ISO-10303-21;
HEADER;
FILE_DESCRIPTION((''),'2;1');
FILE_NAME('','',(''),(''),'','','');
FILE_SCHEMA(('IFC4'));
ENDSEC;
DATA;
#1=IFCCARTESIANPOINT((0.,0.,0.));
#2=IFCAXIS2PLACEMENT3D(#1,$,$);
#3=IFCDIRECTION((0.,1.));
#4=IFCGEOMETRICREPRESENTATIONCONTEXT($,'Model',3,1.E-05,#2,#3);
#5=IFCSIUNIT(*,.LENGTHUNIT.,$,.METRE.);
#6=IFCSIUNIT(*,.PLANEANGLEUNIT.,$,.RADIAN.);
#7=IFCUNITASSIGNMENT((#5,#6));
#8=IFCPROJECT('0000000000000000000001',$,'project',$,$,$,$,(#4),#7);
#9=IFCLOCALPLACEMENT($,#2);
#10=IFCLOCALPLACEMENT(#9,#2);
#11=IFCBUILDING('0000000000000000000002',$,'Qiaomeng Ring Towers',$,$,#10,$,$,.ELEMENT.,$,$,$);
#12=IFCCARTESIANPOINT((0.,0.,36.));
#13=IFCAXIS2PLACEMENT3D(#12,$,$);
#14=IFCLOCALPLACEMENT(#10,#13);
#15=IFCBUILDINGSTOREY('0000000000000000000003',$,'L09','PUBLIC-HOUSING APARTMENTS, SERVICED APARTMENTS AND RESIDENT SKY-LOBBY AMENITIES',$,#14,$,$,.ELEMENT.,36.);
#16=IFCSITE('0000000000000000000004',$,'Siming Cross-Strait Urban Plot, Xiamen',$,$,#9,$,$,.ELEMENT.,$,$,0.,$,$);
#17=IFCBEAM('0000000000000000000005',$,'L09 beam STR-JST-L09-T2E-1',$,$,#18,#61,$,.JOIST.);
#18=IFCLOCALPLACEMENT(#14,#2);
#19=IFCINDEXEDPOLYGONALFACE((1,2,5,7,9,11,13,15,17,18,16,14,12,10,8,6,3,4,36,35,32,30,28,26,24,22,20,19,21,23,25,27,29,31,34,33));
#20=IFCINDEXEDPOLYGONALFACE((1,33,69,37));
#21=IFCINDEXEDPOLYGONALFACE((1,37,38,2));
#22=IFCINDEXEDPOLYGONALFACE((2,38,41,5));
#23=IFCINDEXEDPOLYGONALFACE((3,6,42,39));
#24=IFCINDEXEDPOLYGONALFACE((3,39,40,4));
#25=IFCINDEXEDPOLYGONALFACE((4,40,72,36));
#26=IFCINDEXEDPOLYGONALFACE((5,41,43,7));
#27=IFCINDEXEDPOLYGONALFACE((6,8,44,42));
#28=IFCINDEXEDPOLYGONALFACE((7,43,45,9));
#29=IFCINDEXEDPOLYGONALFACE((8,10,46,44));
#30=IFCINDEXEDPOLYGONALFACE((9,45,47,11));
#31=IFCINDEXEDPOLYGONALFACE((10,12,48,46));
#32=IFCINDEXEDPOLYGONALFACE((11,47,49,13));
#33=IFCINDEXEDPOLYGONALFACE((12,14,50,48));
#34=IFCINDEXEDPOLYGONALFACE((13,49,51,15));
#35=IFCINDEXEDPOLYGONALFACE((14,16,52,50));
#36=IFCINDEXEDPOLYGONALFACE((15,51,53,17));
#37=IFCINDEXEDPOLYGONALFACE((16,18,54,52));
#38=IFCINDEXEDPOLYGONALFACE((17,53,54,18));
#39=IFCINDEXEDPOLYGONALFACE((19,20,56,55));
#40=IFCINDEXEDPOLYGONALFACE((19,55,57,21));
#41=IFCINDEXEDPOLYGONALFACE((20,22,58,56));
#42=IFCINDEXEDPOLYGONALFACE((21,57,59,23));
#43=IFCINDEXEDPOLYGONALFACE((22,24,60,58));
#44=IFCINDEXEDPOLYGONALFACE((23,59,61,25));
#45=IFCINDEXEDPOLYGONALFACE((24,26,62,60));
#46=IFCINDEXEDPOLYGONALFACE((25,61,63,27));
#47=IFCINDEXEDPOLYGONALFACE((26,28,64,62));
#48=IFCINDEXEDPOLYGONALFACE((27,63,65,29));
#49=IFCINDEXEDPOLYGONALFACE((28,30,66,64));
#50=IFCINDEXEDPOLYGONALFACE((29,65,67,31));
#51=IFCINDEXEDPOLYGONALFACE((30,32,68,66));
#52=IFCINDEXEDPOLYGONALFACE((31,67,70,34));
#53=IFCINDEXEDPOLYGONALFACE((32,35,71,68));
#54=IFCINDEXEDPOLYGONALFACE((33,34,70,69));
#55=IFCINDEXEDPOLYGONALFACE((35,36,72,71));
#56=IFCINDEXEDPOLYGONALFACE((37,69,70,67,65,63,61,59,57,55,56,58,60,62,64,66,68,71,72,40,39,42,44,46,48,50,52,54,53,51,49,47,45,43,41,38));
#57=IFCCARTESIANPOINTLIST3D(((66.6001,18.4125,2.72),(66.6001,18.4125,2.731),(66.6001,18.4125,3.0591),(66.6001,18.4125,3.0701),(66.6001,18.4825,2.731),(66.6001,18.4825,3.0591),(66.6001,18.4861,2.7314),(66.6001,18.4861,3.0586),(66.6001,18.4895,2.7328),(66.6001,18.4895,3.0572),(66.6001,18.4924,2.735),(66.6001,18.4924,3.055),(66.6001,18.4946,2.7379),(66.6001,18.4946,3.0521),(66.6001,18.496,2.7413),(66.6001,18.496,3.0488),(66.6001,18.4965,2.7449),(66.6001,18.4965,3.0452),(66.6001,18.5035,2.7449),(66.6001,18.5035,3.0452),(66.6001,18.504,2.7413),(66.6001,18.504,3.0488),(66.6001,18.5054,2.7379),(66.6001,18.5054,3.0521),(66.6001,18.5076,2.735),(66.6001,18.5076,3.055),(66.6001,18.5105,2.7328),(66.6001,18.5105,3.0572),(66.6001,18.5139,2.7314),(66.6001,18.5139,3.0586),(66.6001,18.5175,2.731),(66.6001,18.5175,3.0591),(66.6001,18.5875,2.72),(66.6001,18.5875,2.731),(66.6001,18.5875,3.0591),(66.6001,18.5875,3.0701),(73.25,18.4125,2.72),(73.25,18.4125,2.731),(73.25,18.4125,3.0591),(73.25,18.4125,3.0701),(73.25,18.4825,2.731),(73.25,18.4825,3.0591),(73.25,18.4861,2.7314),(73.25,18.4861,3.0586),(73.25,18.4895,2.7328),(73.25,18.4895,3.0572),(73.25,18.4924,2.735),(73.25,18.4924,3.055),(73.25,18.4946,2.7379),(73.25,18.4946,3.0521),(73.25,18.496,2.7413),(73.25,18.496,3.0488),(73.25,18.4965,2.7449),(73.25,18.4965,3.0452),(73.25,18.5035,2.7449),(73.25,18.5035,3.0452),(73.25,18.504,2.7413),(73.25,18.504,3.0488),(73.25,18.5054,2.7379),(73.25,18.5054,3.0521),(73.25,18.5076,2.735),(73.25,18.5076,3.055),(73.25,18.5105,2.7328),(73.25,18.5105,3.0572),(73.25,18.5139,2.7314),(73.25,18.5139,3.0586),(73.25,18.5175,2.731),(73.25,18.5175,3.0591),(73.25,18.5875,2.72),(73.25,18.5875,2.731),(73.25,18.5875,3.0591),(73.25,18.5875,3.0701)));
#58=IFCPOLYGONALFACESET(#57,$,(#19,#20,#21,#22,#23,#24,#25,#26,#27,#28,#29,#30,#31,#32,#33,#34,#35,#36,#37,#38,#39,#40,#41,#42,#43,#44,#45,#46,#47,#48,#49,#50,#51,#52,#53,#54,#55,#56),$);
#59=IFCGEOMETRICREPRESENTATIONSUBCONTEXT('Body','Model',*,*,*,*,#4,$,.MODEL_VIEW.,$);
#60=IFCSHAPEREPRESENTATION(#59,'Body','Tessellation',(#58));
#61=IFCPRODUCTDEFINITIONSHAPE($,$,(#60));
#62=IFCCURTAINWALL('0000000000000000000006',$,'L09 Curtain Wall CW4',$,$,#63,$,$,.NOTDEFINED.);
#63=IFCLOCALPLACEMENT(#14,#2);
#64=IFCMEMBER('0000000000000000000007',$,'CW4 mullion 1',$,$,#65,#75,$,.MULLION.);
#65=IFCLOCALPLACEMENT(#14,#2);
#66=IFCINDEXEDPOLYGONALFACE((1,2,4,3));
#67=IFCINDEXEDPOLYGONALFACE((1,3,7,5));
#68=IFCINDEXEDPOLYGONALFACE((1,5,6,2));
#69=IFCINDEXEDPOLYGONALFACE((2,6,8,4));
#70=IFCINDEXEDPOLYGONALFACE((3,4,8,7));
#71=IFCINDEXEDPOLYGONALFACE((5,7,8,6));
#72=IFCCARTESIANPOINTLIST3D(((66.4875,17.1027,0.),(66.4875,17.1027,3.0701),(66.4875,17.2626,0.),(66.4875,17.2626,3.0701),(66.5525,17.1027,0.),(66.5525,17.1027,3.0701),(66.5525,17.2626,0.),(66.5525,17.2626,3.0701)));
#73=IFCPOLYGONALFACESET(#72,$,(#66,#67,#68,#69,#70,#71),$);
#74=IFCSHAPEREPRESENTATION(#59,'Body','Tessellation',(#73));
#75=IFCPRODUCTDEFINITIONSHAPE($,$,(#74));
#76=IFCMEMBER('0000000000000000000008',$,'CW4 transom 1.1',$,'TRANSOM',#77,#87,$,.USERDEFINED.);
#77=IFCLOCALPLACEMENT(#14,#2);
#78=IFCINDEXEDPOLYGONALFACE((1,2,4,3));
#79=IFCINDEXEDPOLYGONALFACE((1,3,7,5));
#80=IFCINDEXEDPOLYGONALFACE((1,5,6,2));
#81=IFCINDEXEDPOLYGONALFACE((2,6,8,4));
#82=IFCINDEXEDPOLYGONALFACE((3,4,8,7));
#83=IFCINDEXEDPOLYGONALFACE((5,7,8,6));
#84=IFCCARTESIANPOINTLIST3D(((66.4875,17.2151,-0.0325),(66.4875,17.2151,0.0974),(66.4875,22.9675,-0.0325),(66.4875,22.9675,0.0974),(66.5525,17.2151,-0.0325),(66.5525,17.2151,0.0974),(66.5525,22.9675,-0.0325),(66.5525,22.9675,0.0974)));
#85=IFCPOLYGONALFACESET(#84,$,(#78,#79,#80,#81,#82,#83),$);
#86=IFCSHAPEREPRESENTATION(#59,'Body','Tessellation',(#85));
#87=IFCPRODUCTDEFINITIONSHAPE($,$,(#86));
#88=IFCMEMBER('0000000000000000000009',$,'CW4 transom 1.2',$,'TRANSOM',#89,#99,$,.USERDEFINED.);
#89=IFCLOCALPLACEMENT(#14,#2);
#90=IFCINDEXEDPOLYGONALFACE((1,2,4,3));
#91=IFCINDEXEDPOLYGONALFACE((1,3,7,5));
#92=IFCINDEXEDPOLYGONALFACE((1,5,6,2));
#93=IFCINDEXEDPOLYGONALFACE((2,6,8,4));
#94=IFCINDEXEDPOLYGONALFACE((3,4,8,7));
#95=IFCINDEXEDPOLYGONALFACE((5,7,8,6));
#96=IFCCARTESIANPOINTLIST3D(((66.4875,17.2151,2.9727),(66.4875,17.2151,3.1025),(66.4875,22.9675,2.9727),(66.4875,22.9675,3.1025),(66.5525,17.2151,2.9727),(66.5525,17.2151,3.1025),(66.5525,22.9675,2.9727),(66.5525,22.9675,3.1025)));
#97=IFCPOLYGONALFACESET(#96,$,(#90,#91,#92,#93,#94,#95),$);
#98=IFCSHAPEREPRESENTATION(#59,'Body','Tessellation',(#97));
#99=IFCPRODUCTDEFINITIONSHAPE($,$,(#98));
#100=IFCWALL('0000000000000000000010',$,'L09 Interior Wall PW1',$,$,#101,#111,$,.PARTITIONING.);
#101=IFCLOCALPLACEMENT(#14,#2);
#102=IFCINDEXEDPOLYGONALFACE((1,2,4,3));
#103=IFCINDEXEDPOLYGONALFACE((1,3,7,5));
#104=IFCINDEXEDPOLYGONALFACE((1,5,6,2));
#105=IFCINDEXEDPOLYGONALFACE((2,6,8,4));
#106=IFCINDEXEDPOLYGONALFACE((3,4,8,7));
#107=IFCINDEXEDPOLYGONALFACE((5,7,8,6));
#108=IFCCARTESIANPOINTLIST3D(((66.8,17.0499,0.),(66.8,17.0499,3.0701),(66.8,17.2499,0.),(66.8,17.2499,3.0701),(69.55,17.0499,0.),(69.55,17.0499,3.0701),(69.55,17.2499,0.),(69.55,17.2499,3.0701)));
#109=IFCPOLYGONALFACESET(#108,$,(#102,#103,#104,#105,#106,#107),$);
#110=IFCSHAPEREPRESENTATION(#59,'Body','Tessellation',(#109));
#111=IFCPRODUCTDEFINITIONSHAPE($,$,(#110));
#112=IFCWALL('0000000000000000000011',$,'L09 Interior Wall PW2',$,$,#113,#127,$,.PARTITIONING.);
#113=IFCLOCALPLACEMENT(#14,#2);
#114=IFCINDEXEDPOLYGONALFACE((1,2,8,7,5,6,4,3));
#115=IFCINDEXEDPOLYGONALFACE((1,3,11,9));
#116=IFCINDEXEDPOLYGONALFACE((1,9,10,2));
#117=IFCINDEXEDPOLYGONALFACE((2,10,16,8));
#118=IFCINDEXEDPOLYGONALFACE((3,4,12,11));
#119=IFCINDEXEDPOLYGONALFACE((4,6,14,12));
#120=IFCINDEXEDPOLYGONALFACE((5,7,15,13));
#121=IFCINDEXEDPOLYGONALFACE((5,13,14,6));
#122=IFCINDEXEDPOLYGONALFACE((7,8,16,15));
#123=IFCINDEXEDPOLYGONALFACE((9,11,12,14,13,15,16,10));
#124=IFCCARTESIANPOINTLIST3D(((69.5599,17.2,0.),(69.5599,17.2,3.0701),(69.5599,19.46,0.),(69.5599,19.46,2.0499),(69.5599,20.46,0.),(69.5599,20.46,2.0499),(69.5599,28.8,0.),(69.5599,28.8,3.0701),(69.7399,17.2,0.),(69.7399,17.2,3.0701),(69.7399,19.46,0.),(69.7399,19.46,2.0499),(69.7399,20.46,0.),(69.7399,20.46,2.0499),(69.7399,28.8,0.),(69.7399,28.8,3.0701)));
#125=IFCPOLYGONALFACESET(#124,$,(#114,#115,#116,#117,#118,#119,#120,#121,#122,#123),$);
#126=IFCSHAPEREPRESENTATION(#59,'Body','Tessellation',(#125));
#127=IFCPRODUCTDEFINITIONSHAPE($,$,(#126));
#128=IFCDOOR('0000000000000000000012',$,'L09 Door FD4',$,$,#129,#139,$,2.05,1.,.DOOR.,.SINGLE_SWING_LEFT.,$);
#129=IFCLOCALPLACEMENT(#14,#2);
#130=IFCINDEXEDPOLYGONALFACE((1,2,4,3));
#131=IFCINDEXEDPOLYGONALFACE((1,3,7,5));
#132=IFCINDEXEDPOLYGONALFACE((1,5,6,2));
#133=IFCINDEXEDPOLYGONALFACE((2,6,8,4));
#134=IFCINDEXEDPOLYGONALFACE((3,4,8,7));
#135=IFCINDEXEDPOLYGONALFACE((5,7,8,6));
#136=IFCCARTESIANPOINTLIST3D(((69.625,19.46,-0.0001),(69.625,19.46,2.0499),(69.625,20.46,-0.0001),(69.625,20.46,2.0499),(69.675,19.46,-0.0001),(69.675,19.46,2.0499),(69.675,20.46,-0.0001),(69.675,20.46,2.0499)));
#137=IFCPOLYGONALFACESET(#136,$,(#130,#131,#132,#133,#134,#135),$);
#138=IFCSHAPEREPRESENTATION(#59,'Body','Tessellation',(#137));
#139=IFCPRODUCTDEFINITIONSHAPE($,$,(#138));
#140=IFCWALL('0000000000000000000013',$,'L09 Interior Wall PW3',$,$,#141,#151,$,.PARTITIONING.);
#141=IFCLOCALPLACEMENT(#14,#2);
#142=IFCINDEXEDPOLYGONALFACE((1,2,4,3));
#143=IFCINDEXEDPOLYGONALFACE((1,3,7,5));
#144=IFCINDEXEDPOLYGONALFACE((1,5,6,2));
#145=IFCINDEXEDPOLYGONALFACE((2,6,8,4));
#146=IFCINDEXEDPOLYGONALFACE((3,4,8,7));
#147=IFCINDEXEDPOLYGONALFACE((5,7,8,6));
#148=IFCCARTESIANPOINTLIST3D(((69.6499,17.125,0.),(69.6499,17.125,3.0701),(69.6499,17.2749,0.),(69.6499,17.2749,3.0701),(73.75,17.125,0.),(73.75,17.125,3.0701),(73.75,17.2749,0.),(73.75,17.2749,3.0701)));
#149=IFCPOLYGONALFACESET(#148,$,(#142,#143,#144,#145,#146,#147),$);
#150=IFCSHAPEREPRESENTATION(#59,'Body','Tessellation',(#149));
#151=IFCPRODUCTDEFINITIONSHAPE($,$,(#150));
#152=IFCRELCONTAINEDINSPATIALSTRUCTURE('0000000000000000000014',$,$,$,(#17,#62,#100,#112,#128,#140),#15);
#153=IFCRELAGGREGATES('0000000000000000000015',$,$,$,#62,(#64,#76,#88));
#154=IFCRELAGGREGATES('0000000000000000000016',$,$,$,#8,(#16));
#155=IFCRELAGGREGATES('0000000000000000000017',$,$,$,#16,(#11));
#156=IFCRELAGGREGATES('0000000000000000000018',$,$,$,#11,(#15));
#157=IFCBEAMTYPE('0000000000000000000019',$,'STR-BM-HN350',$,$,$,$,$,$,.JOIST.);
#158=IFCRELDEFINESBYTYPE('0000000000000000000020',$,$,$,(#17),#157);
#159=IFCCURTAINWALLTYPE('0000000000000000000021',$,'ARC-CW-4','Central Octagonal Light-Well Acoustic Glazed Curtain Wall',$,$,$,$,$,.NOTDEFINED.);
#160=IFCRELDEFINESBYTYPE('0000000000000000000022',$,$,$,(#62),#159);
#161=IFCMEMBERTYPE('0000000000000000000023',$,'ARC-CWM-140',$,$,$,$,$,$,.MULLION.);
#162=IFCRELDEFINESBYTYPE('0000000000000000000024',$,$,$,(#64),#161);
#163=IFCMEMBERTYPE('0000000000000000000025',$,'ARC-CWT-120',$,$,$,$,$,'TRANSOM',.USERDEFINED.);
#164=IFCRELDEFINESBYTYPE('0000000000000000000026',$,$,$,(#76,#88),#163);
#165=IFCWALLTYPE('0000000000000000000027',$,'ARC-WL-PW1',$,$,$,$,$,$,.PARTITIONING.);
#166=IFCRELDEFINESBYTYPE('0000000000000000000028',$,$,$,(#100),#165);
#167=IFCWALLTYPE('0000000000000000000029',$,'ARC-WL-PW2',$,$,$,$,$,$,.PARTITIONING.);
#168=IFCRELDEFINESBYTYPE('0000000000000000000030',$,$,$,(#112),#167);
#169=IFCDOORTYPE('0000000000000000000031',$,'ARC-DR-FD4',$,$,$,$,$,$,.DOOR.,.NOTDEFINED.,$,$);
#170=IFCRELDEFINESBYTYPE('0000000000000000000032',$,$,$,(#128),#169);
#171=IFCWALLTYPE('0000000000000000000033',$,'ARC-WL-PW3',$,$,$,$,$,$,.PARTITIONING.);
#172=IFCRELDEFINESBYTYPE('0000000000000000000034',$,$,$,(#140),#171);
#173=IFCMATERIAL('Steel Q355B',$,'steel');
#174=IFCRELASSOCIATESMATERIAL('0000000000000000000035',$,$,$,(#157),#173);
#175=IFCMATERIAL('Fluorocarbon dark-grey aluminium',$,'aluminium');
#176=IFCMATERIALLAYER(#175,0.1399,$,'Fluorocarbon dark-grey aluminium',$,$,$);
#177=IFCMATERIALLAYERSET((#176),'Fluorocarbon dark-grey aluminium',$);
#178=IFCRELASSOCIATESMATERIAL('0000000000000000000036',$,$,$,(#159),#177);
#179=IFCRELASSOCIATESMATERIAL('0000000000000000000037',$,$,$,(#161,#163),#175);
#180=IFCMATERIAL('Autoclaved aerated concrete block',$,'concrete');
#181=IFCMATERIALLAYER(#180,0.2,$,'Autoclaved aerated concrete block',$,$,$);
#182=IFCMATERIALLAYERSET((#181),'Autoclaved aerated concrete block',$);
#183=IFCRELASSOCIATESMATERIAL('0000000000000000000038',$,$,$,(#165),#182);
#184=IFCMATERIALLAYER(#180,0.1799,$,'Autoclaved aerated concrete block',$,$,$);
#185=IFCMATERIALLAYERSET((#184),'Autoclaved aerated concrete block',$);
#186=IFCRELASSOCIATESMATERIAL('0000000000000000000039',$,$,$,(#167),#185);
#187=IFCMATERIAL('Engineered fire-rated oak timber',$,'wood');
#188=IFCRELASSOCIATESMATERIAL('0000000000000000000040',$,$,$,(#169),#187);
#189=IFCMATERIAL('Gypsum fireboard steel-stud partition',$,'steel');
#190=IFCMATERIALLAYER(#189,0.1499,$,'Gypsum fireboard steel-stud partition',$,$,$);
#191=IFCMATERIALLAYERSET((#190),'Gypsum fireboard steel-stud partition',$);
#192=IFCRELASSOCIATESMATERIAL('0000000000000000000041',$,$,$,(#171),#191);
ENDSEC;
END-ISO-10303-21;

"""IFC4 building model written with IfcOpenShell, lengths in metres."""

from ifc_helpers import new_model, si_unit, direction, frame, frame_2d, origin, origin_2d, place, context, subcontext, project, spatial, rectangle, i_section, extrude, source, transform, mapped, material, layer, layer_set, material_profile, profile_set, type_object, element, fill, aggregate, save


model = new_model("IFC4")

# Units and contexts
model_context = context("Model", 3, precision=1e-05, world=origin(), true_north=direction((0.0, 1.0)))
body_context = subcontext(model_context, "Body", "Model", "MODEL_VIEW")
ifc_project = project(units=[si_unit("LENGTHUNIT", "METRE"), si_unit("PLANEANGLEUNIT", "RADIAN")], contexts=[model_context])

# Site, building, storey
site_placement = place(None, origin())
site = spatial("IfcSite", under=ifc_project, at=site_placement, Name="Siming Cross-Strait Urban Plot, Xiamen", CompositionType="ELEMENT", RefElevation=0.0)
building_placement = place(site_placement, origin())
building = spatial("IfcBuilding", under=site, at=building_placement, Name="Qiaomeng Ring Towers", CompositionType="ELEMENT")
storey_placement = place(building_placement, frame((0.0, 0.0, 36.0)))
storey = spatial("IfcBuildingStorey", under=building, at=storey_placement, Name="L09", Description="PUBLIC-HOUSING APARTMENTS, SERVICED APARTMENTS AND RESIDENT SKY-LOBBY AMENITIES", CompositionType="ELEMENT", Elevation=36.0)

# Beam
ifc_material_1 = material(Name="Steel Q355B", Category="steel")
ifc_material_profile_1 = material_profile(ifc_material_1, i_section(OverallWidth=0.175, OverallDepth=0.3501, WebThickness=0.0071, FlangeThickness=0.011, FilletRadius=0.0139, at=origin_2d()), Name="HN 350x175x7x11")
ifc_profile_set_1 = profile_set([ifc_material_profile_1], Name="Steel Q355B")
beam_type_1 = type_object("IfcBeamType", Name="STR-BM-HN350", PredefinedType="JOIST", material=ifc_profile_set_1)
shared_shape_1 = source(origin(), body_context, "Body", "SweptSolid", [
    extrude(i_section(OverallWidth=0.175, OverallDepth=0.3501, WebThickness=0.0071, FlangeThickness=0.011, FilletRadius=0.0139, at=origin_2d()), origin(), (0.0, 0.0, 1.0), 6.6499),
])
beam_1_placement = place(storey_placement, frame((66.6001, 18.5, 2.895), z_axis=(1.0, 0.0, 0.0), x_axis=(0.0, 1.0, 0.0)))
element("IfcBeam", 1, at=beam_1_placement, inside=storey, type_object=beam_type_1, Name="L09 beam STR-JST-L09-T2E-1", PredefinedType="JOIST", context=body_context, shape_type="MappedRepresentation", body=[
    mapped(shared_shape_1, transform((0.0, 0.0, 0.0), x_axis=(1.0, 0.0, 0.0), y_axis=(0.0, 1.0, 0.0), z_axis=(0.0, 0.0, 1.0), scale=1.0)),
])

# Curtain wall, members
ifc_material_2 = material(Name="Fluorocarbon dark-grey aluminium", Category="aluminium")
ifc_layer_1 = layer(ifc_material_2, 0.1399, Name="Fluorocarbon dark-grey aluminium")
ifc_layer_set_1 = layer_set([ifc_layer_1], Name="Fluorocarbon dark-grey aluminium")
curtain_wall_type = type_object("IfcCurtainWallType", Name="ARC-CW-4", Description="Central Octagonal Light-Well Acoustic Glazed Curtain Wall", PredefinedType="NOTDEFINED", material=ifc_layer_set_1)
curtain_wall_placement = place(storey_placement, origin())
curtain_wall = element("IfcCurtainWall", 2, at=curtain_wall_placement, inside=storey, type_object=curtain_wall_type, Name="L09 Curtain Wall CW4", PredefinedType="NOTDEFINED")
ifc_material_profile_2 = material_profile(ifc_material_2, rectangle(XDim=0.0649, YDim=0.1599, at=origin_2d()), Name="ALU MULL 65x160")
ifc_profile_set_2 = profile_set([ifc_material_profile_2], Name="Fluorocarbon dark-grey aluminium")
member_type_1 = type_object("IfcMemberType", Name="ARC-CWM-140", PredefinedType="MULLION", material=ifc_profile_set_2)
shared_shape_2 = source(origin(), body_context, "Body", "SweptSolid", [
    extrude(rectangle(XDim=0.0649, YDim=0.1599, at=origin_2d()), origin(), (0.0, 0.0, 1.0), 3.0701),
])
member_1_placement = place(storey_placement, frame((66.52, 17.1826, 0.0), z_axis=(0.0, 0.0, 1.0), x_axis=(-1.0, 0.0, 0.0)))
member_1 = element("IfcMember", 3, at=member_1_placement, type_object=member_type_1, Name="CW4 mullion 1", PredefinedType="MULLION", context=body_context, shape_type="MappedRepresentation", body=[
    mapped(shared_shape_2, transform((0.0, 0.0, 0.0), x_axis=(1.0, 0.0, 0.0), y_axis=(0.0, 1.0, 0.0), z_axis=(0.0, 0.0, 1.0), scale=1.0)),
])
ifc_material_profile_3 = material_profile(ifc_material_2, rectangle(XDim=0.0649, YDim=0.1299, at=origin_2d()), Name="ALU TRAN 65x130")
ifc_profile_set_3 = profile_set([ifc_material_profile_3], Name="Fluorocarbon dark-grey aluminium")
member_type_2 = type_object("IfcMemberType", Name="ARC-CWT-120", ElementType="TRANSOM", PredefinedType="USERDEFINED", material=ifc_profile_set_3)
shared_shape_3 = source(origin(), body_context, "Body", "SweptSolid", [
    extrude(rectangle(XDim=0.0649, YDim=0.1299, at=origin_2d()), origin(), (0.0, 0.0, 1.0), 5.7524),
])
member_2_placement = place(storey_placement, frame((66.52, 17.2151, 0.0325), z_axis=(0.0, 1.0, 0.0), x_axis=(-1.0, 0.0, 0.0)))
member_2 = element("IfcMember", 4, at=member_2_placement, type_object=member_type_2, Name="CW4 transom 1.1", ObjectType="TRANSOM", PredefinedType="USERDEFINED", context=body_context, shape_type="MappedRepresentation", body=[
    mapped(shared_shape_3, transform((0.0, 0.0, 0.0), x_axis=(1.0, 0.0, 0.0), y_axis=(0.0, 1.0, 0.0), z_axis=(0.0, 0.0, 1.0), scale=1.0)),
])
member_3_placement = place(storey_placement, frame((66.52, 17.2151, 3.0376), z_axis=(0.0, 1.0, 0.0), x_axis=(-1.0, 0.0, 0.0)))
member_3 = element("IfcMember", 5, at=member_3_placement, type_object=member_type_2, Name="CW4 transom 1.2", ObjectType="TRANSOM", PredefinedType="USERDEFINED", context=body_context, shape_type="MappedRepresentation", body=[
    mapped(shared_shape_3, transform((0.0, 0.0, 0.0), x_axis=(1.0, 0.0, 0.0), y_axis=(0.0, 1.0, 0.0), z_axis=(0.0, 0.0, 1.0), scale=1.0)),
])
aggregate(curtain_wall, [member_1, member_2, member_3])

# Wall
ifc_material_3 = material(Name="Autoclaved aerated concrete block", Category="concrete")
ifc_layer_2 = layer(ifc_material_3, 0.2, Name="Autoclaved aerated concrete block")
ifc_layer_set_2 = layer_set([ifc_layer_2], Name="Autoclaved aerated concrete block")
wall_type_1 = type_object("IfcWallType", Name="ARC-WL-PW1", PredefinedType="PARTITIONING", material=ifc_layer_set_2)
wall_1_placement = place(storey_placement, frame((66.8, 17.1499, 0.0), z_axis=(0.0, 0.0, 1.0), x_axis=(1.0, 0.0, 0.0)))
element("IfcWall", 6, at=wall_1_placement, inside=storey, type_object=wall_type_1, Name="L09 Interior Wall PW1", PredefinedType="PARTITIONING", context=body_context, shape_type="SweptSolid", body=[
    extrude(rectangle(XDim=2.75, YDim=0.2, at=frame_2d((1.375, 0.0))), origin(), (0.0, 0.0, 1.0), 3.0701),
])

# Wall, opening, door
ifc_layer_3 = layer(ifc_material_3, 0.1799, Name="Autoclaved aerated concrete block")
ifc_layer_set_3 = layer_set([ifc_layer_3], Name="Autoclaved aerated concrete block")
wall_type_2 = type_object("IfcWallType", Name="ARC-WL-PW2", PredefinedType="PARTITIONING", material=ifc_layer_set_3)
wall_2_placement = place(storey_placement, frame((69.6499, 17.2, 0.0), z_axis=(0.0, 0.0, 1.0), x_axis=(0.0, 1.0, 0.0)))
wall_2 = element("IfcWall", 7, at=wall_2_placement, inside=storey, type_object=wall_type_2, Name="L09 Interior Wall PW2", PredefinedType="PARTITIONING", context=body_context, shape_type="SweptSolid", body=[
    extrude(rectangle(XDim=11.6001, YDim=0.1799, at=frame_2d((5.8, 0.0))), origin(), (0.0, 0.0, 1.0), 3.0701),
])
opening_1_placement = place(wall_2_placement, frame((2.26, 0.0, 0.0)))
opening_1 = element("IfcOpeningElement", 8, at=opening_1_placement, cuts=wall_2, PredefinedType="OPENING", context=body_context, shape_type="SweptSolid", body=[
    extrude(rectangle(XDim=1.0, YDim=2.05, at=frame_2d((0.5, 1.0249))), frame((0.0, 0.0999, 0.0), z_axis=(0.0, -1.0, 0.0), x_axis=(1.0, 0.0, 0.0)), (0.0, 0.0, 1.0), 0.2),
])
ifc_material_4 = material(Name="Engineered fire-rated oak timber", Category="wood")
door_type_1 = type_object("IfcDoorType", Name="ARC-DR-FD4", OperationType="NOTDEFINED", PredefinedType="DOOR", material=ifc_material_4)
shared_shape_4 = source(origin(), body_context, "Body", "SweptSolid", [
    extrude(rectangle(XDim=1.0, YDim=2.05, at=frame_2d((0.5, 1.0249))), frame((0.0, 0.0249, 0.0), z_axis=(0.0, -1.0, 0.0), x_axis=(1.0, 0.0, 0.0)), (0.0, 0.0, 1.0), 0.05),
])
door_1_placement = place(opening_1_placement, origin())
door_1 = element("IfcDoor", 9, at=door_1_placement, inside=storey, type_object=door_type_1, Name="L09 Door FD4", OperationType="SINGLE_SWING_LEFT", OverallHeight=2.05, OverallWidth=1.0, PredefinedType="DOOR", context=body_context, shape_type="MappedRepresentation", body=[
    mapped(shared_shape_4, transform((0.0, 0.0, 0.0), x_axis=(1.0, 0.0, 0.0), y_axis=(0.0, 1.0, 0.0), z_axis=(0.0, 0.0, 1.0), scale=1.0)),
])
fill(opening_1, door_1)

# Wall
ifc_material_5 = material(Name="Gypsum fireboard steel-stud partition", Category="steel")
ifc_layer_4 = layer(ifc_material_5, 0.1499, Name="Gypsum fireboard steel-stud partition")
ifc_layer_set_4 = layer_set([ifc_layer_4], Name="Gypsum fireboard steel-stud partition")
wall_type_3 = type_object("IfcWallType", Name="ARC-WL-PW3", PredefinedType="PARTITIONING", material=ifc_layer_set_4)
wall_3_placement = place(storey_placement, frame((69.6499, 17.2, 0.0), z_axis=(0.0, 0.0, 1.0), x_axis=(1.0, 0.0, 0.0)))
element("IfcWall", 10, at=wall_3_placement, inside=storey, type_object=wall_type_3, Name="L09 Interior Wall PW3", PredefinedType="PARTITIONING", context=body_context, shape_type="SweptSolid", body=[
    extrude(rectangle(XDim=4.1001, YDim=0.1499, at=frame_2d((2.05, 0.0))), origin(), (0.0, 0.0, 1.0), 3.0701),
])

save(model, "model.ifc")
